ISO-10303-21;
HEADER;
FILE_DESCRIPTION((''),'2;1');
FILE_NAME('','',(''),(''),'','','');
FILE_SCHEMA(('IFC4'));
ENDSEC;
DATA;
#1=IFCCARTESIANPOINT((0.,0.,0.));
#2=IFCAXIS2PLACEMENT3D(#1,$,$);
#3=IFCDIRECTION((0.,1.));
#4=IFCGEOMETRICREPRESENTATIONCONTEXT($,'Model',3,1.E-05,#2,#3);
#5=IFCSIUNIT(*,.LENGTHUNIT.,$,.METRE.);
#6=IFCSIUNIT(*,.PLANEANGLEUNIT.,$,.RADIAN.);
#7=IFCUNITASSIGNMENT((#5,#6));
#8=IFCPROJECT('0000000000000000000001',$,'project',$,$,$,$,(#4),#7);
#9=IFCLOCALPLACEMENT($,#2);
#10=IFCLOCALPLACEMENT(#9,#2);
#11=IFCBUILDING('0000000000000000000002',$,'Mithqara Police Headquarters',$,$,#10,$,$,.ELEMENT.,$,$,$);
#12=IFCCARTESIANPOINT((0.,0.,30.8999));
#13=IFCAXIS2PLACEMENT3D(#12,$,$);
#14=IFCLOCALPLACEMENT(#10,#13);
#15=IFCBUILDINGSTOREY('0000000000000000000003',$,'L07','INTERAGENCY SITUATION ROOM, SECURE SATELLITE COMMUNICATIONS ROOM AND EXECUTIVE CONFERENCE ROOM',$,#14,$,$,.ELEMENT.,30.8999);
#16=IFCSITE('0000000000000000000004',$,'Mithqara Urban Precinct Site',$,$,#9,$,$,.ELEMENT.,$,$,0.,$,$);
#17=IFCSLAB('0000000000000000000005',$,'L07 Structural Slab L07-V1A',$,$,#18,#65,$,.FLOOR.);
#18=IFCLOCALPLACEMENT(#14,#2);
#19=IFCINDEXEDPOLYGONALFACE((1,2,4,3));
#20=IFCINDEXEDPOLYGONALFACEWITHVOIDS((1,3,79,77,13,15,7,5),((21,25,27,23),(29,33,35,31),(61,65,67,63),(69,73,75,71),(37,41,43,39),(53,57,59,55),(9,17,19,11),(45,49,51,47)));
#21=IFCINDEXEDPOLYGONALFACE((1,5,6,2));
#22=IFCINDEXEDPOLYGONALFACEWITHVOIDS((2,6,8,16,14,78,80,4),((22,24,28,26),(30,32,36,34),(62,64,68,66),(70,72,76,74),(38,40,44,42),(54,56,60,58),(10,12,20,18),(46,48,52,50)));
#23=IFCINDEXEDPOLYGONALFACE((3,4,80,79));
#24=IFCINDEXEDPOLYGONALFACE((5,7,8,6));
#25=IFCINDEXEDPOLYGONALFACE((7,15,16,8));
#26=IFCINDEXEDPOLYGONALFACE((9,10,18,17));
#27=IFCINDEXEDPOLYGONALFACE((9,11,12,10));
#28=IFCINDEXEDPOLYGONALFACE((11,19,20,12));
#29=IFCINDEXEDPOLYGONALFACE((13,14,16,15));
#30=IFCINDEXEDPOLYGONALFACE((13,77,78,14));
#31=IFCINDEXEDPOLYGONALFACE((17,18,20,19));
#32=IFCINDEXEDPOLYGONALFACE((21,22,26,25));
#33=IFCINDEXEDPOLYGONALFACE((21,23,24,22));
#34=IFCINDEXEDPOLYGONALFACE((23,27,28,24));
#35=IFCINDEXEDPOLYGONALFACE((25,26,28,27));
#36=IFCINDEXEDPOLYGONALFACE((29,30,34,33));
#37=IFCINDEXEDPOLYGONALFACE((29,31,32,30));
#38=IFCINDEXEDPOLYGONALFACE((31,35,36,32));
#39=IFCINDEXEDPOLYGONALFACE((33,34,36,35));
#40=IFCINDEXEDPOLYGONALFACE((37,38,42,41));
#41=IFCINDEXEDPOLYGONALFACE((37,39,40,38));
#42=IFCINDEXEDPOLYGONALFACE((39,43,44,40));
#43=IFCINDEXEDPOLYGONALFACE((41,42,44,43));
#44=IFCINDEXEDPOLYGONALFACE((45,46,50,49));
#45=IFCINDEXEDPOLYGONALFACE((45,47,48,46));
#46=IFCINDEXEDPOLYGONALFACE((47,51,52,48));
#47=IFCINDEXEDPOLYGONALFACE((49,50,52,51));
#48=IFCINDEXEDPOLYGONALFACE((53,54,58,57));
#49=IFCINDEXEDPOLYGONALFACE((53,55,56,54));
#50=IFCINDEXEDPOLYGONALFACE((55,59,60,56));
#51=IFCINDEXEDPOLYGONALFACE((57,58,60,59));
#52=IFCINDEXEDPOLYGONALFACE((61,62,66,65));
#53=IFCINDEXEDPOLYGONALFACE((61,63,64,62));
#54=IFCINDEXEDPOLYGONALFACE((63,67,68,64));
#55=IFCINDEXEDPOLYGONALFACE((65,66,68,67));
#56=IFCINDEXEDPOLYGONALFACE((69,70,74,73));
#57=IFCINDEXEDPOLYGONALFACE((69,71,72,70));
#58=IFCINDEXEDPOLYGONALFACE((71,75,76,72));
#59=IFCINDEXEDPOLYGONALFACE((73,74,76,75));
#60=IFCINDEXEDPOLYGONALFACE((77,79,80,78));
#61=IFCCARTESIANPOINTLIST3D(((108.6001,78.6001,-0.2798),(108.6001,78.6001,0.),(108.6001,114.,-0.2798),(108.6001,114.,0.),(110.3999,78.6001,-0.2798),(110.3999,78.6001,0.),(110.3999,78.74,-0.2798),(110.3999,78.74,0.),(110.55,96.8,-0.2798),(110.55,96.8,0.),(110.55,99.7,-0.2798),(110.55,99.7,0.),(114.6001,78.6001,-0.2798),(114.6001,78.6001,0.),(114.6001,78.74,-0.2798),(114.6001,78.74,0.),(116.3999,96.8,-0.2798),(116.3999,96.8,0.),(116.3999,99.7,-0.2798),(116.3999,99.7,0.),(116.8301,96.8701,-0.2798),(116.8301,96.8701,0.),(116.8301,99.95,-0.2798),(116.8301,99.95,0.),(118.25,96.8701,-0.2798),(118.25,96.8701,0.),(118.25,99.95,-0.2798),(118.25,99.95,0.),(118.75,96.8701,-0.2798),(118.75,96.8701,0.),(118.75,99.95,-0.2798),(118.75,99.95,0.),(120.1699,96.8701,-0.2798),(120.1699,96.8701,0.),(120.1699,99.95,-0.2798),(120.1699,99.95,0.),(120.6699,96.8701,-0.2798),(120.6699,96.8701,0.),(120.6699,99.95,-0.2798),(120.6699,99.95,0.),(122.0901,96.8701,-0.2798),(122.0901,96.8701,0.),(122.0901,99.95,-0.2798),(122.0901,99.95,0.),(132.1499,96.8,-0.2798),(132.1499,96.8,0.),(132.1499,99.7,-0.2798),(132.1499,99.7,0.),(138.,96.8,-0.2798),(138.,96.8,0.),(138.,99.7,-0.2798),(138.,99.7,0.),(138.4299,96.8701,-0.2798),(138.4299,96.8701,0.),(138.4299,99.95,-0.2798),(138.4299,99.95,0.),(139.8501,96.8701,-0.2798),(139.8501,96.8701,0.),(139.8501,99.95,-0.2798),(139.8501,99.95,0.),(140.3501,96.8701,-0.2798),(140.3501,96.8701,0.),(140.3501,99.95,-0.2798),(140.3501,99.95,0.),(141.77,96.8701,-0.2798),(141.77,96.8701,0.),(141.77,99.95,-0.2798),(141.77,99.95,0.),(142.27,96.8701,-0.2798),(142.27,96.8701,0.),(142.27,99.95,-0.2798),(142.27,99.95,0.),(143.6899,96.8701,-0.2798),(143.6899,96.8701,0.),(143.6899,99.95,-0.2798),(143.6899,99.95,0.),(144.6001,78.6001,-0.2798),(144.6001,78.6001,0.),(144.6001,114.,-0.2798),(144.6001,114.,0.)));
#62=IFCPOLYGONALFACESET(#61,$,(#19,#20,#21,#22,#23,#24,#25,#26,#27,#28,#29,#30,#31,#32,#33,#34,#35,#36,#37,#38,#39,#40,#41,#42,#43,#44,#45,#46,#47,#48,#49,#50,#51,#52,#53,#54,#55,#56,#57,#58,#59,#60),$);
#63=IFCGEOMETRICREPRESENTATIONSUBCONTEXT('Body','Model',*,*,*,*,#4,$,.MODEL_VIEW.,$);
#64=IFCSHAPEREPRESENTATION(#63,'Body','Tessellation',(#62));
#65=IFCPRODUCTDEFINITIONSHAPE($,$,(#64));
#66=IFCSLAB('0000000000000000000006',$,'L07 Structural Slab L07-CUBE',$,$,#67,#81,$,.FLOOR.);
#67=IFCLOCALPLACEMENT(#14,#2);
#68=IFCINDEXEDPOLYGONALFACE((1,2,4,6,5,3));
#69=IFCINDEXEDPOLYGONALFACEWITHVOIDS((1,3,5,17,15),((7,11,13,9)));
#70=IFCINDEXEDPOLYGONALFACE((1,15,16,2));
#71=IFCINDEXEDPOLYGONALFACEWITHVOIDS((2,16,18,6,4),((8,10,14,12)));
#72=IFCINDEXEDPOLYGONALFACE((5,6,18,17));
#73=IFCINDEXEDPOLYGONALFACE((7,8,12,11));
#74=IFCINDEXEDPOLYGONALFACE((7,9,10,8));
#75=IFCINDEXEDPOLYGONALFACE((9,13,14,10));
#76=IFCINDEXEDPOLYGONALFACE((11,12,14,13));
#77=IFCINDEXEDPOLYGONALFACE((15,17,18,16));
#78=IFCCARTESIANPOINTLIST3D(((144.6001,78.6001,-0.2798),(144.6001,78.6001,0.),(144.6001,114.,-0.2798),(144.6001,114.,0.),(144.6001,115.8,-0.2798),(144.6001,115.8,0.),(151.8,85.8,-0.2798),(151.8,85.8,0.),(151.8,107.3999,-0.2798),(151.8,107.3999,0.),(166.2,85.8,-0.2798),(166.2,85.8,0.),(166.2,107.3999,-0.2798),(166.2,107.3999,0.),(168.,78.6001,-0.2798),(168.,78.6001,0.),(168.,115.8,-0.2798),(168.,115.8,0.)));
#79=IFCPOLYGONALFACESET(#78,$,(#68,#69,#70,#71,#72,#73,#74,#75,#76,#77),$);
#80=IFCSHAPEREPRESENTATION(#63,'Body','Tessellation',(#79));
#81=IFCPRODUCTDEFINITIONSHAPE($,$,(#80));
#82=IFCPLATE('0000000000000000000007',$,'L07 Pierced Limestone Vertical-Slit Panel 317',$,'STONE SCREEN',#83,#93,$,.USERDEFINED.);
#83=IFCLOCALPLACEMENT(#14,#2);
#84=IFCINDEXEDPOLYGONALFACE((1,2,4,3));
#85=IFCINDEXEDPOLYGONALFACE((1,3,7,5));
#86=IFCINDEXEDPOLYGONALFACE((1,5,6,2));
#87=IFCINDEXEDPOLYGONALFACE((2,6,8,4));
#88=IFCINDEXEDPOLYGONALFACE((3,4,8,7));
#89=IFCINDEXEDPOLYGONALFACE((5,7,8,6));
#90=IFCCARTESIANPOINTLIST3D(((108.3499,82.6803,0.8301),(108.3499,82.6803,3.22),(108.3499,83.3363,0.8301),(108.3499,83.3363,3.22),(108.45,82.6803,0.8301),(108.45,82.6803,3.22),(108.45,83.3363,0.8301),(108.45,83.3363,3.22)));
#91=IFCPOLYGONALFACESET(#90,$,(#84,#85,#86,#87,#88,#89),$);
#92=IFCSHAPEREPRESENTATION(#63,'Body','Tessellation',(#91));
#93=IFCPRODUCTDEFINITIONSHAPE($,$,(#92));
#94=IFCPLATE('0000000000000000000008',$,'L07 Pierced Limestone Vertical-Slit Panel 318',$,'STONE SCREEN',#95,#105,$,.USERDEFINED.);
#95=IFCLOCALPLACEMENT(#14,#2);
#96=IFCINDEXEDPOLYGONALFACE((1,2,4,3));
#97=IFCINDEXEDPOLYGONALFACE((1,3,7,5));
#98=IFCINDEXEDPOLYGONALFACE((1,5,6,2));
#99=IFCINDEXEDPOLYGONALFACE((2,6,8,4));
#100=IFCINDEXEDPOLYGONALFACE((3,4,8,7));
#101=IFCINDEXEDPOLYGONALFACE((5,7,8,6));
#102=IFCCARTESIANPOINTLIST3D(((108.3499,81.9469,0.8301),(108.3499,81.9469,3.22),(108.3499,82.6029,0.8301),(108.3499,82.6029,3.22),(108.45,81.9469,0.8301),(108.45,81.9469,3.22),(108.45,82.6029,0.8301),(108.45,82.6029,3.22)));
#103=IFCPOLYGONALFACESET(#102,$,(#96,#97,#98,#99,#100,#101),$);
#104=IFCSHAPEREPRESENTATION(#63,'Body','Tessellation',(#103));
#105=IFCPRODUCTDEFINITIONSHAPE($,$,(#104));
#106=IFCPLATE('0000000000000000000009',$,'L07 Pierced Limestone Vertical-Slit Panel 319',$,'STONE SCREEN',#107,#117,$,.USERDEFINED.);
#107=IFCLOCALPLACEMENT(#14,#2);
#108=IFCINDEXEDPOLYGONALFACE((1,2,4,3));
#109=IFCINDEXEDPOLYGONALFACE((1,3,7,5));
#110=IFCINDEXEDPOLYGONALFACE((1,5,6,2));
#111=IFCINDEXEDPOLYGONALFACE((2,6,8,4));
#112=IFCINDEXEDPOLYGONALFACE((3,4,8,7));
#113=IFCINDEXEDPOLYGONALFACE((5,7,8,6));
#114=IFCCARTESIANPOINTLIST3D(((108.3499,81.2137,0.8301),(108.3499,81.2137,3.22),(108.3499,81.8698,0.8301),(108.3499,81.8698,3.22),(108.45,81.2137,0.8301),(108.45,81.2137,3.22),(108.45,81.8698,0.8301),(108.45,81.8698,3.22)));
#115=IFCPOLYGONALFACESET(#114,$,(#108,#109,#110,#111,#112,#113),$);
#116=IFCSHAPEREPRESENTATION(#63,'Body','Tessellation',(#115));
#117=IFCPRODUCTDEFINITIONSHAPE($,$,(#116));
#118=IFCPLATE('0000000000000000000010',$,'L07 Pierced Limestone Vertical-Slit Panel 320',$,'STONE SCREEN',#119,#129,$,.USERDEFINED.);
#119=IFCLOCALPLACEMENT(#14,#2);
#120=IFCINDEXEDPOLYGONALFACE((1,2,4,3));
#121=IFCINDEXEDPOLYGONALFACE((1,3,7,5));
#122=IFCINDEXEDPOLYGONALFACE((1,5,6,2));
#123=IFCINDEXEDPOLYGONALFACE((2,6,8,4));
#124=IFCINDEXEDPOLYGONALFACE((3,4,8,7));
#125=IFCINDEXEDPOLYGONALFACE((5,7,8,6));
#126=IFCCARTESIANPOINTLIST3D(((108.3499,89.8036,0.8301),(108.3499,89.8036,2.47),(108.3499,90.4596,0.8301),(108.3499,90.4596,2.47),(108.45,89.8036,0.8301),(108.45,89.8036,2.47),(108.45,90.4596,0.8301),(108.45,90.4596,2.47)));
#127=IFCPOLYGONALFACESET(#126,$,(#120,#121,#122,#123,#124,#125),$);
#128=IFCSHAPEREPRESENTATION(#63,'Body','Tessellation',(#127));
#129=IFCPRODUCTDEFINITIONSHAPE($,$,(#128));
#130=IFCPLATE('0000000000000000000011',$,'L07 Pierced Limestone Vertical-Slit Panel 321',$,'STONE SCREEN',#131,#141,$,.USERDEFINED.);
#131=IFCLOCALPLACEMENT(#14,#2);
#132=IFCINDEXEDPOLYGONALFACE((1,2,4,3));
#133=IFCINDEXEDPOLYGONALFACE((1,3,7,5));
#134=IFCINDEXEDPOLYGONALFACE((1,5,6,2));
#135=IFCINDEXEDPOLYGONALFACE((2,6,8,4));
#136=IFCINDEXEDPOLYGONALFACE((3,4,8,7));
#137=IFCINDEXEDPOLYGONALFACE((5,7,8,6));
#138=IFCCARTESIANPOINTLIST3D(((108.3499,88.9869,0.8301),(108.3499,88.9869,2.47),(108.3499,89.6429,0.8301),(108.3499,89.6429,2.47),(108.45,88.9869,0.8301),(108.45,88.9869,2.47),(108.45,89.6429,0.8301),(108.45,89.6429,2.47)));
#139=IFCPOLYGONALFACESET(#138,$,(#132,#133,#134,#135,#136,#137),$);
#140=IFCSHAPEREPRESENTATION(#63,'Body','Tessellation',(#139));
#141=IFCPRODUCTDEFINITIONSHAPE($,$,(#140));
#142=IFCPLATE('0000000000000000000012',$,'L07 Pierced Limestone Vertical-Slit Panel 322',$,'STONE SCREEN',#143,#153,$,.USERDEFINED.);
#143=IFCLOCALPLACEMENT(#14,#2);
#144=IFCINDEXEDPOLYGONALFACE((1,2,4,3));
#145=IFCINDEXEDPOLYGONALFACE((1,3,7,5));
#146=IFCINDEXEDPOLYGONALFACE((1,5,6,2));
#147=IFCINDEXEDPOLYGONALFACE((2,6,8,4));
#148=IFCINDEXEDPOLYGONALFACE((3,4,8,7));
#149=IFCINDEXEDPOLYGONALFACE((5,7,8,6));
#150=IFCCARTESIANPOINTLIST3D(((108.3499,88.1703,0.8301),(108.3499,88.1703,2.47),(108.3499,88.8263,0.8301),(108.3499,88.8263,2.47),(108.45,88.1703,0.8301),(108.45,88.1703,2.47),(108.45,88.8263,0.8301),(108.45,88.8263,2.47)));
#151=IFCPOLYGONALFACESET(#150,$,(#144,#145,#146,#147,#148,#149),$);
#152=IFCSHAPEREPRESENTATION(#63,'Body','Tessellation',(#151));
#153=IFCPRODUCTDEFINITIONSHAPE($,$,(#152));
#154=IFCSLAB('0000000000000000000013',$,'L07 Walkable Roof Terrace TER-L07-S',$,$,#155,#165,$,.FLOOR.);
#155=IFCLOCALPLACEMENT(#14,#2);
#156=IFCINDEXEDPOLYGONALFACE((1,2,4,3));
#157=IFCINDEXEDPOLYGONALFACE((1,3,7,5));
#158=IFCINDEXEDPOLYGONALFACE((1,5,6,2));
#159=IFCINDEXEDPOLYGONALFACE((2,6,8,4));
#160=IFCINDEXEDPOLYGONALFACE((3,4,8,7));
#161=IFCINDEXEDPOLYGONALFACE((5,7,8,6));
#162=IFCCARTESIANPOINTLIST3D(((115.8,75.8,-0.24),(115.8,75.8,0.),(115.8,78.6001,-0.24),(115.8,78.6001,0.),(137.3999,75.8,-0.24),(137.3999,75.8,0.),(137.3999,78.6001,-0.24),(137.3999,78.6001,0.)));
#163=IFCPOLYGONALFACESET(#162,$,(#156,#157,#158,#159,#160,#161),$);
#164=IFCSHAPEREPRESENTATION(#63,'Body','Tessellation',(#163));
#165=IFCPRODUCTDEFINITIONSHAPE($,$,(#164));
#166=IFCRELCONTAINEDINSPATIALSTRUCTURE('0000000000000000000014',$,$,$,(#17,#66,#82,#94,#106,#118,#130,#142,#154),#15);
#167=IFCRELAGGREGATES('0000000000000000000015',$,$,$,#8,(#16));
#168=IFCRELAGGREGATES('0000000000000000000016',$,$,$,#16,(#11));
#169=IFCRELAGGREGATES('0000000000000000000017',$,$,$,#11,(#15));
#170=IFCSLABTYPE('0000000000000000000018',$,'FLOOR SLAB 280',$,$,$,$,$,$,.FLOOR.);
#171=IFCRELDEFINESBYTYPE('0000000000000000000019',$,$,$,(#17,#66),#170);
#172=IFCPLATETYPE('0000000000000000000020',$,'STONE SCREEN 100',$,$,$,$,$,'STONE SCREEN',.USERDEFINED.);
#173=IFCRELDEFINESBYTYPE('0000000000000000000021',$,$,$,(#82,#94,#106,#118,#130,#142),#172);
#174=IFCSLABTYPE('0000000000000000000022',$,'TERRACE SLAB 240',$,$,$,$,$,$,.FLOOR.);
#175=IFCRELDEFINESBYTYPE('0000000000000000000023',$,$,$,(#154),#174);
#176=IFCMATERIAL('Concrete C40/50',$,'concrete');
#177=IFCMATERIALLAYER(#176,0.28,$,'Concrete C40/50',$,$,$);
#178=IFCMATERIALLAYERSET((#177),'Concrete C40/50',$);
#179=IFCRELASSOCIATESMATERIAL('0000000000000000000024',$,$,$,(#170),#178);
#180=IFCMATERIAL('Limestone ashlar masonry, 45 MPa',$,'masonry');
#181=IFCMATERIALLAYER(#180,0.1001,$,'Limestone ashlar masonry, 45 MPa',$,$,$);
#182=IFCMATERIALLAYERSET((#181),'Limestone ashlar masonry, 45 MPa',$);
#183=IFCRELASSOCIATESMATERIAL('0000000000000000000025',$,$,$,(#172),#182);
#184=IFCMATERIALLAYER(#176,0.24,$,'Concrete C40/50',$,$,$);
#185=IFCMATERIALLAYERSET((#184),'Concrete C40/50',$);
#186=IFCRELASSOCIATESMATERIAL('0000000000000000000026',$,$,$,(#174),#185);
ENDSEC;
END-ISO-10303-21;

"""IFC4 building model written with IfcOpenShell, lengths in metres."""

from ifc_helpers import new_model, si_unit, direction, frame, origin, origin_2d, place, context, subcontext, project, spatial, polyline, rectangle, outline, extrude, material, layer, layer_set, type_object, element, save


model = new_model("IFC4")

# Units and contexts
model_context = context("Model", 3, precision=1e-05, world=origin(), true_north=direction((0.0, 1.0)))
body_context = subcontext(model_context, "Body", "Model", "MODEL_VIEW")
ifc_project = project(units=[si_unit("LENGTHUNIT", "METRE"), si_unit("PLANEANGLEUNIT", "RADIAN")], contexts=[model_context])

# Site, building, storey
site_placement = place(None, origin())
site = spatial("IfcSite", under=ifc_project, at=site_placement, Name="Mithqara Urban Precinct Site", CompositionType="ELEMENT", RefElevation=0.0)
building_placement = place(site_placement, origin())
building = spatial("IfcBuilding", under=site, at=building_placement, Name="Mithqara Police Headquarters", CompositionType="ELEMENT")
storey_placement = place(building_placement, frame((0.0, 0.0, 30.8999)))
storey = spatial("IfcBuildingStorey", under=building, at=storey_placement, Name="L07", Description="INTERAGENCY SITUATION ROOM, SECURE SATELLITE COMMUNICATIONS ROOM AND EXECUTIVE CONFERENCE ROOM", CompositionType="ELEMENT", Elevation=30.8999)

# Slabs
ifc_material_1 = material(Name="Concrete C40/50", Category="concrete")
ifc_layer_1 = layer(ifc_material_1, 0.28, Name="Concrete C40/50")
ifc_layer_set_1 = layer_set([ifc_layer_1], Name="Concrete C40/50")
slab_type_1 = type_object("IfcSlabType", Name="FLOOR SLAB 280", PredefinedType="FLOOR", material=ifc_layer_set_1)
slab_1_placement = place(storey_placement, frame((0.0, 0.0, -0.2798)))
element("IfcSlab", 1, at=slab_1_placement, inside=storey, type_object=slab_type_1, Name="L07 Structural Slab L07-V1A", PredefinedType="FLOOR", context=body_context, shape_type="SweptSolid", body=[
    extrude(outline(polyline([(108.6001, 114.0), (144.6001, 114.0), (144.6001, 78.6001), (114.6001, 78.6001), (114.6001, 78.74), (110.3999, 78.74), (110.3999, 78.6001), (108.6001, 78.6001), (108.6001, 114.0)]), holes=[polyline([(110.55, 96.8), (116.3999, 96.8), (116.3999, 99.7), (110.55, 99.7), (110.55, 96.8)]), polyline([(132.1499, 96.8), (138.0, 96.8), (138.0, 99.7), (132.1499, 99.7), (132.1499, 96.8)]), polyline([(118.25, 96.8701), (118.25, 99.95), (116.8301, 99.95), (116.8301, 96.8701), (118.25, 96.8701)]), polyline([(120.1699, 96.8701), (120.1699, 99.95), (118.75, 99.95), (118.75, 96.8701), (120.1699, 96.8701)]), polyline([(122.0901, 96.8701), (122.0901, 99.95), (120.6699, 99.95), (120.6699, 96.8701), (122.0901, 96.8701)]), polyline([(139.8501, 96.8701), (139.8501, 99.95), (138.4299, 99.95), (138.4299, 96.8701), (139.8501, 96.8701)]), polyline([(141.77, 96.8701), (141.77, 99.95), (140.3501, 99.95), (140.3501, 96.8701), (141.77, 96.8701)]), polyline([(143.6899, 96.8701), (143.6899, 99.95), (142.27, 99.95), (142.27, 96.8701), (143.6899, 96.8701)])]), origin(), (0.0, 0.0, 1.0), 0.2798),
])
slab_2_placement = place(storey_placement, frame((0.0, 0.0, -0.2798)))
element("IfcSlab", 2, at=slab_2_placement, inside=storey, type_object=slab_type_1, Name="L07 Structural Slab L07-CUBE", PredefinedType="FLOOR", context=body_context, shape_type="SweptSolid", body=[
    extrude(outline(polyline([(144.6001, 115.8), (168.0, 115.8), (168.0, 78.6001), (144.6001, 78.6001), (144.6001, 114.0), (144.6001, 115.8)]), holes=[polyline([(166.2, 85.8), (166.2, 107.3999), (151.8, 107.3999), (151.8, 85.8), (166.2, 85.8)])]), origin(), (0.0, 0.0, 1.0), 0.2798),
])

# Plates
ifc_material_2 = material(Name="Limestone ashlar masonry, 45 MPa", Category="masonry")
ifc_layer_2 = layer(ifc_material_2, 0.1001, Name="Limestone ashlar masonry, 45 MPa")
ifc_layer_set_2 = layer_set([ifc_layer_2], Name="Limestone ashlar masonry, 45 MPa")
plate_type = type_object("IfcPlateType", Name="STONE SCREEN 100", ElementType="STONE SCREEN", PredefinedType="USERDEFINED", material=ifc_layer_set_2)
for number, where, z_axis, x_axis, name in (
    (3, (108.3999, 83.0083, 0.8301), (0.0, 0.0, 1.0), (0.0, 1.0, 0.0), "L07 Pierced Limestone Vertical-Slit Panel 317"),
    (4, (108.3999, 82.2749, 0.8301), (0.0, 0.0, 1.0), (0.0, 1.0, 0.0), "L07 Pierced Limestone Vertical-Slit Panel 318"),
    (5, (108.3999, 81.5417, 0.8301), (0.0, 0.0, 1.0), (0.0, 1.0, 0.0), "L07 Pierced Limestone Vertical-Slit Panel 319"),
):
    element("IfcPlate", number, at=place(storey_placement, frame(where, z_axis=z_axis, x_axis=x_axis)), inside=storey, type_object=plate_type, Name=name, ObjectType="STONE SCREEN", PredefinedType="USERDEFINED", context=body_context, shape_type="SweptSolid", body=[
        extrude(rectangle(XDim=0.656, YDim=0.1001, at=origin_2d()), origin(), (0.0, 0.0, 1.0), 2.3899),
    ])
for number, where, z_axis, x_axis, name in (
    (6, (108.3999, 90.1316, 0.8301), (0.0, 0.0, 1.0), (0.0, 1.0, 0.0), "L07 Pierced Limestone Vertical-Slit Panel 320"),
    (7, (108.3999, 89.3149, 0.8301), (0.0, 0.0, 1.0), (0.0, 1.0, 0.0), "L07 Pierced Limestone Vertical-Slit Panel 321"),
    (8, (108.3999, 88.4983, 0.8301), (0.0, 0.0, 1.0), (0.0, 1.0, 0.0), "L07 Pierced Limestone Vertical-Slit Panel 322"),
):
    element("IfcPlate", number, at=place(storey_placement, frame(where, z_axis=z_axis, x_axis=x_axis)), inside=storey, type_object=plate_type, Name=name, ObjectType="STONE SCREEN", PredefinedType="USERDEFINED", context=body_context, shape_type="SweptSolid", body=[
        extrude(rectangle(XDim=0.656, YDim=0.1001, at=origin_2d()), origin(), (0.0, 0.0, 1.0), 1.6399),
    ])

# Slab
ifc_layer_3 = layer(ifc_material_1, 0.24, Name="Concrete C40/50")
ifc_layer_set_3 = layer_set([ifc_layer_3], Name="Concrete C40/50")
slab_type_2 = type_object("IfcSlabType", Name="TERRACE SLAB 240", PredefinedType="FLOOR", material=ifc_layer_set_3)
slab_3_placement = place(storey_placement, frame((0.0, 0.0, -0.24)))
element("IfcSlab", 9, at=slab_3_placement, inside=storey, type_object=slab_type_2, Name="L07 Walkable Roof Terrace TER-L07-S", PredefinedType="FLOOR", context=body_context, shape_type="SweptSolid", body=[
    extrude(outline(polyline([(137.3999, 75.8), (115.8, 75.8), (115.8, 78.6001), (137.3999, 78.6001), (137.3999, 75.8)])), origin(), (0.0, 0.0, 1.0), 0.24),
])

save(model, "model.ifc")
